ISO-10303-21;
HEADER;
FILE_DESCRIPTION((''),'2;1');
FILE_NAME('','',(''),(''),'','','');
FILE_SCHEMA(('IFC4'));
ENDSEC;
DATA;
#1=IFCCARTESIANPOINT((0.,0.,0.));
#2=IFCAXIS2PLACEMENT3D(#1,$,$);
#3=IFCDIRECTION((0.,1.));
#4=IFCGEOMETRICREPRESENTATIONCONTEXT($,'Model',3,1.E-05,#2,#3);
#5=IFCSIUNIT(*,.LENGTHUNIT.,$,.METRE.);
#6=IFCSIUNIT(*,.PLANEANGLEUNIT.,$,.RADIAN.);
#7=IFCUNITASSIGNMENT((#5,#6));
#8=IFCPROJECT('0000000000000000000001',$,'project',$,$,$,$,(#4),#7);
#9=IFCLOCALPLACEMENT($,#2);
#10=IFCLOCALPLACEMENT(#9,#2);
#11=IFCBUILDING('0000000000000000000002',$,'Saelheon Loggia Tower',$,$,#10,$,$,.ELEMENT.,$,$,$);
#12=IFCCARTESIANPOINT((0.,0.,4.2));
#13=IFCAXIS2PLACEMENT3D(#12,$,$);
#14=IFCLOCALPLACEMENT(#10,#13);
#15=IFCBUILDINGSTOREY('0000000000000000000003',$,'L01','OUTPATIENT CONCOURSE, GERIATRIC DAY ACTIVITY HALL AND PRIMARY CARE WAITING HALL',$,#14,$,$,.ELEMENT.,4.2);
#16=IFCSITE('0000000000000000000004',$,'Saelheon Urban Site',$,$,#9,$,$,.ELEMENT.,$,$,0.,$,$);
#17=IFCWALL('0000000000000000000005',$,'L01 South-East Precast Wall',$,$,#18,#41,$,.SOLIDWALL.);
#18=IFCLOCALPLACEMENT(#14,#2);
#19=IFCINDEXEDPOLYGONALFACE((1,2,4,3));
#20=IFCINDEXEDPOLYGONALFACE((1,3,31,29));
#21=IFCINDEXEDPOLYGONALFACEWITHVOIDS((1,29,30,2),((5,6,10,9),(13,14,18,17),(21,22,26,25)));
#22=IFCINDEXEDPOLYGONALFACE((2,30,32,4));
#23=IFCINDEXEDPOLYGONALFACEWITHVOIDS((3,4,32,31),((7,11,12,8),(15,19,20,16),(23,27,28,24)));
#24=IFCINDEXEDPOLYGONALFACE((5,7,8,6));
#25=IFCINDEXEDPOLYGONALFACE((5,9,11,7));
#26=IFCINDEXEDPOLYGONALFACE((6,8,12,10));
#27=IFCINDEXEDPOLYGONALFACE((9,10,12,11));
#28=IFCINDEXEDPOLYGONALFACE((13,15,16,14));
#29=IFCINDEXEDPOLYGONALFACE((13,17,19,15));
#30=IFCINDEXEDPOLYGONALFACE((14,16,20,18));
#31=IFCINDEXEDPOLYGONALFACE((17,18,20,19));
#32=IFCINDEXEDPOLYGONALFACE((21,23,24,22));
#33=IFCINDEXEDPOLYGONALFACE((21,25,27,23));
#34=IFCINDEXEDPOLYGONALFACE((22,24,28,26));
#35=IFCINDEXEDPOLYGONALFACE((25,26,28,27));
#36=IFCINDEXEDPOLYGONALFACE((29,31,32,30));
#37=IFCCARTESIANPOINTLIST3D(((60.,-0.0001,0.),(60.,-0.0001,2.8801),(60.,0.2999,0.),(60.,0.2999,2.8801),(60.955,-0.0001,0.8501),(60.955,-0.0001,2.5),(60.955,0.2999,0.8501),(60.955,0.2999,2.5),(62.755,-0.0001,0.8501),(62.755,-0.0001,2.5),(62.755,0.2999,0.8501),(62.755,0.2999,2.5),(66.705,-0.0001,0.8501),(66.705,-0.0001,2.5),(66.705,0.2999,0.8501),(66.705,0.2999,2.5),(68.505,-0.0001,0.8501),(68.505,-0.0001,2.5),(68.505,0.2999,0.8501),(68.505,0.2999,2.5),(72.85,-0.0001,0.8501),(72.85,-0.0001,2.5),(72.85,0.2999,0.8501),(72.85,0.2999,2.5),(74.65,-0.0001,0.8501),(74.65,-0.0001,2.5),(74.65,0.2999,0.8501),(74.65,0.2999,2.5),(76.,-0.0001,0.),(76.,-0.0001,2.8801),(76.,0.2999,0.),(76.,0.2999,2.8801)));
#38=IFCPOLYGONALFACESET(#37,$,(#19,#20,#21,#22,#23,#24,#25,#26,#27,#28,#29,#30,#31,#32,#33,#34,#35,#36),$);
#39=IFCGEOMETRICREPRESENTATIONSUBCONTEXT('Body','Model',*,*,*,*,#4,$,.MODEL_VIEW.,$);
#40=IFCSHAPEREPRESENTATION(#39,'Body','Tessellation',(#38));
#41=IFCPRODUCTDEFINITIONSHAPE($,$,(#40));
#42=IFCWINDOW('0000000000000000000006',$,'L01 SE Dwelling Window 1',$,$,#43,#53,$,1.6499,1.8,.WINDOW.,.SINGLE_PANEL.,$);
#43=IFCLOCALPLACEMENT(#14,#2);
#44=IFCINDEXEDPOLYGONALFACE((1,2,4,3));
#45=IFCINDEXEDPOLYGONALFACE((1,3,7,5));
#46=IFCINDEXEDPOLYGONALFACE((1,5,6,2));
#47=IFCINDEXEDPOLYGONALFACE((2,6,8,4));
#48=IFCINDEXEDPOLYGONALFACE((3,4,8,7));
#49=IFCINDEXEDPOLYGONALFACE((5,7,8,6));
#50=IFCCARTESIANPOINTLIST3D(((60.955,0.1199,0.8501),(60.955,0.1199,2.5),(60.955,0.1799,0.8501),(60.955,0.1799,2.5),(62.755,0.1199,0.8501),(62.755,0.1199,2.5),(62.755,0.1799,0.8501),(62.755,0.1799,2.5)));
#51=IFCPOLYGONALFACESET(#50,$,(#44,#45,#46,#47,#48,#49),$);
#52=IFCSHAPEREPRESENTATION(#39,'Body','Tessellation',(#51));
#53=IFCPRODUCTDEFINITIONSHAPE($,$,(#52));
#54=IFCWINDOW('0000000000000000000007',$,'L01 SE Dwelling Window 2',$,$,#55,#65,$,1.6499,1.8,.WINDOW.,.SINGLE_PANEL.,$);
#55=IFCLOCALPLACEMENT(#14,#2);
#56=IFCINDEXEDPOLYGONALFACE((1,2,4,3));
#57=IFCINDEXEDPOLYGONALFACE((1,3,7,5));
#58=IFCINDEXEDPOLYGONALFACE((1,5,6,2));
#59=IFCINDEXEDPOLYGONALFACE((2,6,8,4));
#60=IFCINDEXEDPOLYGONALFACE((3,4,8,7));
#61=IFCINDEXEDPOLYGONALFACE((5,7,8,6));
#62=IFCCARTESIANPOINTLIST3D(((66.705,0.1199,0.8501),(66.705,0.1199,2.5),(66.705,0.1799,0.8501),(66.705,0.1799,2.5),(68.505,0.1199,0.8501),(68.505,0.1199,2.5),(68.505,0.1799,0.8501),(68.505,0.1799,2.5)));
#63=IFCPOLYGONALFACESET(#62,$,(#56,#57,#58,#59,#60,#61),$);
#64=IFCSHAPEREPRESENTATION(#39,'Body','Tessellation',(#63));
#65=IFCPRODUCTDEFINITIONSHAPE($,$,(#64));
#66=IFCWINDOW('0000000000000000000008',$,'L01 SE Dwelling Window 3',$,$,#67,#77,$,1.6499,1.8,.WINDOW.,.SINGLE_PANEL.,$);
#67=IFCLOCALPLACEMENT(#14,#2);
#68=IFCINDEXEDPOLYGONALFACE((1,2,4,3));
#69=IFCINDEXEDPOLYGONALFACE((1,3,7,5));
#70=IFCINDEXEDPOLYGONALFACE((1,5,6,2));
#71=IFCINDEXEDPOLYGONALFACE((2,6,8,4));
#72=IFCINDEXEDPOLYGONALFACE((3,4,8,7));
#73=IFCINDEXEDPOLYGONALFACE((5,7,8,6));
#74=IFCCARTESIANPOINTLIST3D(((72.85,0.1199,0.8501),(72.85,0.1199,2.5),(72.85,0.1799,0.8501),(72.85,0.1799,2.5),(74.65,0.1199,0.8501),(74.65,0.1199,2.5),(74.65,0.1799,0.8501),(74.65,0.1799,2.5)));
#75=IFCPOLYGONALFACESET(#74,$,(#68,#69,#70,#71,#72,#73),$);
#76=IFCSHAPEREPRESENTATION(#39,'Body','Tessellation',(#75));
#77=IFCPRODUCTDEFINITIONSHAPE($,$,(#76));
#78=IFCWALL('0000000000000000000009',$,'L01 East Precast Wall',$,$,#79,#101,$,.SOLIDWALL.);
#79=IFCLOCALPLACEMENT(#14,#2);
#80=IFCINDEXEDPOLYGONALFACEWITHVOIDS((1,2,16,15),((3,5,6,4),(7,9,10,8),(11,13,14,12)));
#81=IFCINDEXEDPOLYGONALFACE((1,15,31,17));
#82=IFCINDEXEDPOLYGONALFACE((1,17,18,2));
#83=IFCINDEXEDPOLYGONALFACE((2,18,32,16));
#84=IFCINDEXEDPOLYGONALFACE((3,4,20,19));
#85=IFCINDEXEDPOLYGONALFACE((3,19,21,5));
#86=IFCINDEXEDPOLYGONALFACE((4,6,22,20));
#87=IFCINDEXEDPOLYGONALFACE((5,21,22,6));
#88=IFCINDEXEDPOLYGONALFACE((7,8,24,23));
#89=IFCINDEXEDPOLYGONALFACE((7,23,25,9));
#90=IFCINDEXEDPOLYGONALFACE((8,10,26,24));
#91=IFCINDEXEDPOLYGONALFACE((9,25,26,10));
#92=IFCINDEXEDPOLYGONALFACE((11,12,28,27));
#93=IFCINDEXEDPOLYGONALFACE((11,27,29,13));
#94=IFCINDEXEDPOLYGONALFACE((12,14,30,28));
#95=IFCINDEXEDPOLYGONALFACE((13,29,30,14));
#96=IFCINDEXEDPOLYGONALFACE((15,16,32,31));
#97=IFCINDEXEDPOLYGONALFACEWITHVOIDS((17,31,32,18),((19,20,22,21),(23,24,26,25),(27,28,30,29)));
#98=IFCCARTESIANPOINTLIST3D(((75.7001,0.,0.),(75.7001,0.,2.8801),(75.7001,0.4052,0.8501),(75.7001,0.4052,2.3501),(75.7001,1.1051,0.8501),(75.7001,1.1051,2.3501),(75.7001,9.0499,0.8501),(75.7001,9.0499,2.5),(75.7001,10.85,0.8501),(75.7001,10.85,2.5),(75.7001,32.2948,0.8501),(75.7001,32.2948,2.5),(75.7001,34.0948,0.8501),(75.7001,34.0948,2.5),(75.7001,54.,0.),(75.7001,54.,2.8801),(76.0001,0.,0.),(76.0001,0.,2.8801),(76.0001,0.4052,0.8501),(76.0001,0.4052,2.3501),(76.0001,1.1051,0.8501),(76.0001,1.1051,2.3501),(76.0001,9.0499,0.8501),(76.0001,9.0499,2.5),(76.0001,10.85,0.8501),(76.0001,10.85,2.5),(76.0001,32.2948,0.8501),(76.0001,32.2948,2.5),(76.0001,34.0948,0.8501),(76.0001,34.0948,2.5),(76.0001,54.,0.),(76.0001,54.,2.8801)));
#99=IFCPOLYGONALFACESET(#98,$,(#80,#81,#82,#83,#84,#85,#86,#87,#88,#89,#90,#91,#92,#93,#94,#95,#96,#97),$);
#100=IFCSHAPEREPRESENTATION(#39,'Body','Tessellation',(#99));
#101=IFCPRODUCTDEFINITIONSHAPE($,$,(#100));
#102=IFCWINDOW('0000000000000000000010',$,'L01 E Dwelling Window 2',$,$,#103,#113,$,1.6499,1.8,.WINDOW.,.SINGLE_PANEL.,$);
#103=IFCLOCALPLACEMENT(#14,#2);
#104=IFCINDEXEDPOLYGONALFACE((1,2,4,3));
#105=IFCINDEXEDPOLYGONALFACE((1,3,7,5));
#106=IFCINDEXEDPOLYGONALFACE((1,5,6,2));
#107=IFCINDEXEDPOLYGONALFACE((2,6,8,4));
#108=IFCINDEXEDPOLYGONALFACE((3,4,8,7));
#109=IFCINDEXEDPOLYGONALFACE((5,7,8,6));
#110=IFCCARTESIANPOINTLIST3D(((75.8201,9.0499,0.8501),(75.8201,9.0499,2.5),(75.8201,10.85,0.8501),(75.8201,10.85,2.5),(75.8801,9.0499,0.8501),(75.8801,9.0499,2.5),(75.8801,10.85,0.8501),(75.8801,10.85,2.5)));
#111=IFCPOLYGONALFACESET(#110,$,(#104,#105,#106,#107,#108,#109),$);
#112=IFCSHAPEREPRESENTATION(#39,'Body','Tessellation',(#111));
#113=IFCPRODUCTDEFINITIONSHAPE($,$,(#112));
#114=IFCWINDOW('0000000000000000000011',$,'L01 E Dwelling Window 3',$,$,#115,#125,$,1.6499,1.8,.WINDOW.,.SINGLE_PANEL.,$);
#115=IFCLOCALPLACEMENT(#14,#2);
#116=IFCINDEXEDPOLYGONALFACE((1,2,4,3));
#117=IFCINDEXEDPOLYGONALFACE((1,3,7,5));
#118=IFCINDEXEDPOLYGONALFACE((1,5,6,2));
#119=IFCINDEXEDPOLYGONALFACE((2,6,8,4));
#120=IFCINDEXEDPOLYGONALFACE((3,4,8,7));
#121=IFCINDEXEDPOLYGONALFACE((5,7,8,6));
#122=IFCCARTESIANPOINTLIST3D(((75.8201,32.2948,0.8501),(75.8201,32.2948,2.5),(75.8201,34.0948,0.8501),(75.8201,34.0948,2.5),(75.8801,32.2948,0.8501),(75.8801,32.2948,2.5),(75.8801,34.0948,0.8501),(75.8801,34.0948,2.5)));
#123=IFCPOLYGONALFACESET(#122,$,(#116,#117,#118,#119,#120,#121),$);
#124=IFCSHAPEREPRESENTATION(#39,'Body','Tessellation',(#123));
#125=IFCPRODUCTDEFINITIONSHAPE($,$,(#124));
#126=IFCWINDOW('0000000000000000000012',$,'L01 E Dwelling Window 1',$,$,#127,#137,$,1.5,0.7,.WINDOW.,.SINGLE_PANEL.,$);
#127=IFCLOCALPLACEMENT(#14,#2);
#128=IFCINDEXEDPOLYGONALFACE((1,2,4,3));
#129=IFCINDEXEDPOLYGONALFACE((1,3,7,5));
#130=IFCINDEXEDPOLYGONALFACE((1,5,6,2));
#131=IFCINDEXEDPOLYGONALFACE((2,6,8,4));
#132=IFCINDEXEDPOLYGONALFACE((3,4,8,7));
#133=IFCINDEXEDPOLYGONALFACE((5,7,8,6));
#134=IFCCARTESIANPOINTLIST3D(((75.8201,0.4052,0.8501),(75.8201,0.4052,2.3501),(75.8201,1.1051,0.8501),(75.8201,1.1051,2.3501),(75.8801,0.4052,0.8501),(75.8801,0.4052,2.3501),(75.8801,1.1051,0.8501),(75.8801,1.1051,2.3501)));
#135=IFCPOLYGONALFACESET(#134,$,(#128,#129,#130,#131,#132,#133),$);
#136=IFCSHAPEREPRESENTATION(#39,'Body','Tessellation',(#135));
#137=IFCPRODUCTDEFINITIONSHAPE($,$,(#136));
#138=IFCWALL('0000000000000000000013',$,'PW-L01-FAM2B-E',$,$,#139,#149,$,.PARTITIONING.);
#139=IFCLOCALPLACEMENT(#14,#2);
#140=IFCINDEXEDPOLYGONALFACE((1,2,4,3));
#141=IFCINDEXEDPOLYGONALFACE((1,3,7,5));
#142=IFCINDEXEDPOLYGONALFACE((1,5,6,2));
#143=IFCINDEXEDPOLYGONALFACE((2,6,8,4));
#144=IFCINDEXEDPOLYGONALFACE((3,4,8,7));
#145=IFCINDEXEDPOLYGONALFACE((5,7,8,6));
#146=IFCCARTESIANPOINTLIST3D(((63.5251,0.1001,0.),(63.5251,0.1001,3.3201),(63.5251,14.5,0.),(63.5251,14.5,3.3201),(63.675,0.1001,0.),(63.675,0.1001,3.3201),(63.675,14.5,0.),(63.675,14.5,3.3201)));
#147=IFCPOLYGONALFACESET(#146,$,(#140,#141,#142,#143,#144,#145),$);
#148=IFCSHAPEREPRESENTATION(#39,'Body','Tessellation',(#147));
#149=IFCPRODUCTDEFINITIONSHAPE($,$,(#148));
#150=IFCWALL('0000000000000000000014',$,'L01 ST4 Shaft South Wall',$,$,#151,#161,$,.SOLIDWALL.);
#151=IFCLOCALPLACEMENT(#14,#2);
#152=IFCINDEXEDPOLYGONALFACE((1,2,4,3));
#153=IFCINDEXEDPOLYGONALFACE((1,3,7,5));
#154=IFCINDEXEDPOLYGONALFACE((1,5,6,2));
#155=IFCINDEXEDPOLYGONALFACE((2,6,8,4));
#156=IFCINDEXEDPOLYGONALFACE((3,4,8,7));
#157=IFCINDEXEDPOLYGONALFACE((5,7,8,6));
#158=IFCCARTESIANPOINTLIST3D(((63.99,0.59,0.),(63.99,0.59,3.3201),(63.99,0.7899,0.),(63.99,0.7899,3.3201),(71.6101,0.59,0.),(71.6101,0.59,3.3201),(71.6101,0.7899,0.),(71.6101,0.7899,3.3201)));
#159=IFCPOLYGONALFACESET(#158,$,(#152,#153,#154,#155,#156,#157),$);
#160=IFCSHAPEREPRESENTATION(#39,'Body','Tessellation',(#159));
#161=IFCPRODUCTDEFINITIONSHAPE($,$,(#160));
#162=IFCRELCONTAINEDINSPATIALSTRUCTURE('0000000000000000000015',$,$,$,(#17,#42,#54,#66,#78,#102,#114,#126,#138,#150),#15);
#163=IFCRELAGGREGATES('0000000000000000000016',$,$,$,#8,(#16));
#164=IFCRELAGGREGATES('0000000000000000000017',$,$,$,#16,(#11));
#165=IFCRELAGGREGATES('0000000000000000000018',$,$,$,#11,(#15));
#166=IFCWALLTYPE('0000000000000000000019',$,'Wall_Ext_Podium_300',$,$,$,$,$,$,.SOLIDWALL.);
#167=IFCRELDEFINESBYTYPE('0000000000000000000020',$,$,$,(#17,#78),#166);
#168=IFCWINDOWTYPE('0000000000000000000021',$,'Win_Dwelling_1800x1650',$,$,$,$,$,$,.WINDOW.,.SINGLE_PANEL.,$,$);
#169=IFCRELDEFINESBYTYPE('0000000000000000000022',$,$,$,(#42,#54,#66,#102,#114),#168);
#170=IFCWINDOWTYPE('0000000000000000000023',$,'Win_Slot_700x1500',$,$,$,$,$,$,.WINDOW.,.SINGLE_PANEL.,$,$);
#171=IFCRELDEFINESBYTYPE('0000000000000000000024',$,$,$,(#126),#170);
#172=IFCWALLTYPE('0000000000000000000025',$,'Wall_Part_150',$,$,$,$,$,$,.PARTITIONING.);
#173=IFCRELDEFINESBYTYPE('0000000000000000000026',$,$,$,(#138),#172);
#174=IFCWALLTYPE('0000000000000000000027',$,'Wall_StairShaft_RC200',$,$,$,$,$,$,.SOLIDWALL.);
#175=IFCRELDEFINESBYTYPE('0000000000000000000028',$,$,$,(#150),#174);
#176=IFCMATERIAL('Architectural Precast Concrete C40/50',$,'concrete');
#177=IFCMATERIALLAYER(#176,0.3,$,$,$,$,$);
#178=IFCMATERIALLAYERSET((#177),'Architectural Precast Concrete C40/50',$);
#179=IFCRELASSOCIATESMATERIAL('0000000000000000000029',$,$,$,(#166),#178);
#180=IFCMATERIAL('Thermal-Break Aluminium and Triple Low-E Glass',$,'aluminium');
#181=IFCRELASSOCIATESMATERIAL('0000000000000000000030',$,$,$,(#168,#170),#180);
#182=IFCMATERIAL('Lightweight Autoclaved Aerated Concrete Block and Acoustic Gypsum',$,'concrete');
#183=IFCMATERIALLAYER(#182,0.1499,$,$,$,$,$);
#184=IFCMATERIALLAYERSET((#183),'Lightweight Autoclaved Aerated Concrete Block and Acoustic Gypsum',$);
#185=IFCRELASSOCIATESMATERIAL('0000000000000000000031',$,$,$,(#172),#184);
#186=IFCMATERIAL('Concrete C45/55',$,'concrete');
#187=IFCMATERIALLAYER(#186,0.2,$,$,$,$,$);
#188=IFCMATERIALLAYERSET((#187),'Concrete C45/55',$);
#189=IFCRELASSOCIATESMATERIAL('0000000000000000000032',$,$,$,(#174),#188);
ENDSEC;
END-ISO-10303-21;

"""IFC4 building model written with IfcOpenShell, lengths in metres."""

from ifc_helpers import new_model, si_unit, direction, frame, frame_2d, origin, place, context, subcontext, project, spatial, rectangle, extrude, source, transform, mapped, material, layer, layer_set, type_object, element, fill, save


model = new_model("IFC4")

# Units and contexts
model_context = context("Model", 3, precision=1e-05, world=origin(), true_north=direction((0.0, 1.0)))
body_context = subcontext(model_context, "Body", "Model", "MODEL_VIEW")
ifc_project = project(units=[si_unit("LENGTHUNIT", "METRE"), si_unit("PLANEANGLEUNIT", "RADIAN")], contexts=[model_context])

# Site, building, storey
site_placement = place(None, origin())
site = spatial("IfcSite", under=ifc_project, at=site_placement, Name="Saelheon Urban Site", CompositionType="ELEMENT", RefElevation=0.0)
building_placement = place(site_placement, origin())
building = spatial("IfcBuilding", under=site, at=building_placement, Name="Saelheon Loggia Tower", CompositionType="ELEMENT")
storey_placement = place(building_placement, frame((0.0, 0.0, 4.2)))
storey = spatial("IfcBuildingStorey", under=building, at=storey_placement, Name="L01", Description="OUTPATIENT CONCOURSE, GERIATRIC DAY ACTIVITY HALL AND PRIMARY CARE WAITING HALL", CompositionType="ELEMENT", Elevation=4.2)

# Shared definitions
ifc_material_1 = material(Name="Concrete C45/55", Category="concrete")

# Walls, openings, windows
ifc_material_2 = material(Name="Architectural Precast Concrete C40/50", Category="concrete")
ifc_layer_1 = layer(ifc_material_2, 0.3)
ifc_layer_set_1 = layer_set([ifc_layer_1], Name="Architectural Precast Concrete C40/50")
wall_type_1 = type_object("IfcWallType", Name="Wall_Ext_Podium_300", PredefinedType="SOLIDWALL", material=ifc_layer_set_1)
wall_1_placement = place(storey_placement, frame((60.0, 0.1499, 0.0), z_axis=(0.0, 0.0, 1.0), x_axis=(1.0, 0.0, 0.0)))
wall_1 = element("IfcWall", 1, at=wall_1_placement, inside=storey, type_object=wall_type_1, Name="L01 South-East Precast Wall", PredefinedType="SOLIDWALL", context=body_context, shape_type="SweptSolid", body=[
    extrude(rectangle(XDim=16.0, YDim=0.3, at=frame_2d((8.0, 0.0))), origin(), (0.0, 0.0, 1.0), 2.8801),
])
opening_1_placement = place(wall_1_placement, frame((0.9551, 0.0, 0.8501)))
opening_1 = element("IfcOpeningElement", 2, at=opening_1_placement, cuts=wall_1, PredefinedType="OPENING", context=body_context, shape_type="SweptSolid", body=[
    extrude(rectangle(XDim=1.8, YDim=1.6499, at=frame_2d((0.8999, 0.825))), frame((0.0, 0.1621, 0.0), z_axis=(0.0, -1.0, 0.0), x_axis=(1.0, 0.0, 0.0)), (0.0, 0.0, 1.0), 0.324),
])
opening_2_placement = place(wall_1_placement, frame((6.7051, 0.0, 0.8501)))
opening_2 = element("IfcOpeningElement", 3, at=opening_2_placement, cuts=wall_1, PredefinedType="OPENING", context=body_context, shape_type="SweptSolid", body=[
    extrude(rectangle(XDim=1.8, YDim=1.6499, at=frame_2d((0.8999, 0.825))), frame((0.0, 0.1621, 0.0), z_axis=(0.0, -1.0, 0.0), x_axis=(1.0, 0.0, 0.0)), (0.0, 0.0, 1.0), 0.324),
])
opening_3_placement = place(wall_1_placement, frame((12.8501, 0.0, 0.8501)))
opening_3 = element("IfcOpeningElement", 4, at=opening_3_placement, cuts=wall_1, PredefinedType="OPENING", context=body_context, shape_type="SweptSolid", body=[
    extrude(rectangle(XDim=1.8, YDim=1.6499, at=frame_2d((0.8999, 0.825))), frame((0.0, 0.1621, 0.0), z_axis=(0.0, -1.0, 0.0), x_axis=(1.0, 0.0, 0.0)), (0.0, 0.0, 1.0), 0.324),
])
ifc_material_3 = material(Name="Thermal-Break Aluminium and Triple Low-E Glass", Category="aluminium")
window_type_1 = type_object("IfcWindowType", Name="Win_Dwelling_1800x1650", PartitioningType="SINGLE_PANEL", PredefinedType="WINDOW", material=ifc_material_3)
shared_shape_1 = source(origin(), body_context, "Body", "SweptSolid", [
    extrude(rectangle(XDim=1.8, YDim=1.6499, at=frame_2d((0.8999, 0.825))), frame((0.0, 0.03, 0.0), z_axis=(0.0, -1.0, 0.0), x_axis=(1.0, 0.0, 0.0)), (0.0, 0.0, 1.0), 0.0601),
])
window_1_placement = place(opening_1_placement, origin())
window_1 = element("IfcWindow", 5, at=window_1_placement, inside=storey, type_object=window_type_1, Name="L01 SE Dwelling Window 1", OverallHeight=1.6499, OverallWidth=1.8, PartitioningType="SINGLE_PANEL", PredefinedType="WINDOW", context=body_context, shape_type="MappedRepresentation", body=[
    mapped(shared_shape_1, transform((0.0, 0.0, 0.0), scale=1.0)),
])
fill(opening_1, window_1)
window_2_placement = place(opening_2_placement, origin())
window_2 = element("IfcWindow", 6, at=window_2_placement, inside=storey, type_object=window_type_1, Name="L01 SE Dwelling Window 2", OverallHeight=1.6499, OverallWidth=1.8, PartitioningType="SINGLE_PANEL", PredefinedType="WINDOW", context=body_context, shape_type="MappedRepresentation", body=[
    mapped(shared_shape_1, transform((0.0, 0.0, 0.0), scale=1.0)),
])
fill(opening_2, window_2)
window_3_placement = place(opening_3_placement, origin())
window_3 = element("IfcWindow", 7, at=window_3_placement, inside=storey, type_object=window_type_1, Name="L01 SE Dwelling Window 3", OverallHeight=1.6499, OverallWidth=1.8, PartitioningType="SINGLE_PANEL", PredefinedType="WINDOW", context=body_context, shape_type="MappedRepresentation", body=[
    mapped(shared_shape_1, transform((0.0, 0.0, 0.0), scale=1.0)),
])
fill(opening_3, window_3)
wall_2_placement = place(storey_placement, frame((75.8501, 0.0, 0.0), z_axis=(0.0, 0.0, 1.0), x_axis=(0.0, 1.0, 0.0)))
wall_2 = element("IfcWall", 8, at=wall_2_placement, inside=storey, type_object=wall_type_1, Name="L01 East Precast Wall", PredefinedType="SOLIDWALL", context=body_context, shape_type="SweptSolid", body=[
    extrude(rectangle(XDim=54.0, YDim=0.3, at=frame_2d((27.0, 0.0))), origin(), (0.0, 0.0, 1.0), 2.8801),
])
opening_4_placement = place(wall_2_placement, frame((0.405, 0.0, 0.8501)))
opening_4 = element("IfcOpeningElement", 9, at=opening_4_placement, cuts=wall_2, PredefinedType="OPENING", context=body_context, shape_type="SweptSolid", body=[
    extrude(rectangle(XDim=0.7, YDim=1.5, at=frame_2d((0.3501, 0.75))), frame((0.0, 0.1621, 0.0), z_axis=(0.0, -1.0, 0.0), x_axis=(1.0, 0.0, 0.0)), (0.0, 0.0, 1.0), 0.324),
])
opening_5_placement = place(wall_2_placement, frame((9.05, 0.0, 0.8501)))
opening_5 = element("IfcOpeningElement", 10, at=opening_5_placement, cuts=wall_2, PredefinedType="OPENING", context=body_context, shape_type="SweptSolid", body=[
    extrude(rectangle(XDim=1.8, YDim=1.6499, at=frame_2d((0.8999, 0.825))), frame((0.0, 0.1621, 0.0), z_axis=(0.0, -1.0, 0.0), x_axis=(1.0, 0.0, 0.0)), (0.0, 0.0, 1.0), 0.324),
])
opening_6_placement = place(wall_2_placement, frame((32.2949, 0.0, 0.8501)))
opening_6 = element("IfcOpeningElement", 11, at=opening_6_placement, cuts=wall_2, PredefinedType="OPENING", context=body_context, shape_type="SweptSolid", body=[
    extrude(rectangle(XDim=1.8, YDim=1.6499, at=frame_2d((0.8999, 0.825))), frame((0.0, 0.1621, 0.0), z_axis=(0.0, -1.0, 0.0), x_axis=(1.0, 0.0, 0.0)), (0.0, 0.0, 1.0), 0.324),
])
window_4_placement = place(opening_5_placement, origin())
window_4 = element("IfcWindow", 12, at=window_4_placement, inside=storey, type_object=window_type_1, Name="L01 E Dwelling Window 2", OverallHeight=1.6499, OverallWidth=1.8, PartitioningType="SINGLE_PANEL", PredefinedType="WINDOW", context=body_context, shape_type="MappedRepresentation", body=[
    mapped(shared_shape_1, transform((0.0, 0.0, 0.0), scale=1.0)),
])
fill(opening_5, window_4)
window_5_placement = place(opening_6_placement, origin())
window_5 = element("IfcWindow", 13, at=window_5_placement, inside=storey, type_object=window_type_1, Name="L01 E Dwelling Window 3", OverallHeight=1.6499, OverallWidth=1.8, PartitioningType="SINGLE_PANEL", PredefinedType="WINDOW", context=body_context, shape_type="MappedRepresentation", body=[
    mapped(shared_shape_1, transform((0.0, 0.0, 0.0), scale=1.0)),
])
fill(opening_6, window_5)
window_type_2 = type_object("IfcWindowType", Name="Win_Slot_700x1500", PartitioningType="SINGLE_PANEL", PredefinedType="WINDOW", material=ifc_material_3)
shared_shape_2 = source(origin(), body_context, "Body", "SweptSolid", [
    extrude(rectangle(XDim=0.7, YDim=1.5, at=frame_2d((0.3501, 0.75))), frame((0.0, 0.03, 0.0), z_axis=(0.0, -1.0, 0.0), x_axis=(1.0, 0.0, 0.0)), (0.0, 0.0, 1.0), 0.0601),
])
window_6_placement = place(opening_4_placement, origin())
window_6 = element("IfcWindow", 14, at=window_6_placement, inside=storey, type_object=window_type_2, Name="L01 E Dwelling Window 1", OverallHeight=1.5, OverallWidth=0.7, PartitioningType="SINGLE_PANEL", PredefinedType="WINDOW", context=body_context, shape_type="MappedRepresentation", body=[
    mapped(shared_shape_2, transform((0.0, 0.0, 0.0), scale=1.0)),
])
fill(opening_4, window_6)

# Walls
ifc_material_4 = material(Name="Lightweight Autoclaved Aerated Concrete Block and Acoustic Gypsum", Category="concrete")
ifc_layer_2 = layer(ifc_material_4, 0.1499)
ifc_layer_set_2 = layer_set([ifc_layer_2], Name="Lightweight Autoclaved Aerated Concrete Block and Acoustic Gypsum")
wall_type_2 = type_object("IfcWallType", Name="Wall_Part_150", PredefinedType="PARTITIONING", material=ifc_layer_set_2)
wall_3_placement = place(storey_placement, frame((63.6001, 0.1001, 0.0), z_axis=(0.0, 0.0, 1.0), x_axis=(0.0, 1.0, 0.0)))
element("IfcWall", 15, at=wall_3_placement, inside=storey, type_object=wall_type_2, Name="PW-L01-FAM2B-E", PredefinedType="PARTITIONING", context=body_context, shape_type="SweptSolid", body=[
    extrude(rectangle(XDim=14.3999, YDim=0.1499, at=frame_2d((7.2, 0.0))), origin(), (0.0, 0.0, 1.0), 3.3201),
])
ifc_layer_3 = layer(ifc_material_1, 0.2)
ifc_layer_set_3 = layer_set([ifc_layer_3], Name="Concrete C45/55")
wall_type_3 = type_object("IfcWallType", Name="Wall_StairShaft_RC200", PredefinedType="SOLIDWALL", material=ifc_layer_set_3)
wall_4_placement = place(storey_placement, frame((63.99, 0.6899, 0.0), z_axis=(0.0, 0.0, 1.0), x_axis=(1.0, 0.0, 0.0)))
element("IfcWall", 16, at=wall_4_placement, inside=storey, type_object=wall_type_3, Name="L01 ST4 Shaft South Wall", PredefinedType="SOLIDWALL", context=body_context, shape_type="SweptSolid", body=[
    extrude(rectangle(XDim=7.6201, YDim=0.2, at=frame_2d((3.8101, 0.0))), origin(), (0.0, 0.0, 1.0), 3.3201),
])

save(model, "model.ifc")
